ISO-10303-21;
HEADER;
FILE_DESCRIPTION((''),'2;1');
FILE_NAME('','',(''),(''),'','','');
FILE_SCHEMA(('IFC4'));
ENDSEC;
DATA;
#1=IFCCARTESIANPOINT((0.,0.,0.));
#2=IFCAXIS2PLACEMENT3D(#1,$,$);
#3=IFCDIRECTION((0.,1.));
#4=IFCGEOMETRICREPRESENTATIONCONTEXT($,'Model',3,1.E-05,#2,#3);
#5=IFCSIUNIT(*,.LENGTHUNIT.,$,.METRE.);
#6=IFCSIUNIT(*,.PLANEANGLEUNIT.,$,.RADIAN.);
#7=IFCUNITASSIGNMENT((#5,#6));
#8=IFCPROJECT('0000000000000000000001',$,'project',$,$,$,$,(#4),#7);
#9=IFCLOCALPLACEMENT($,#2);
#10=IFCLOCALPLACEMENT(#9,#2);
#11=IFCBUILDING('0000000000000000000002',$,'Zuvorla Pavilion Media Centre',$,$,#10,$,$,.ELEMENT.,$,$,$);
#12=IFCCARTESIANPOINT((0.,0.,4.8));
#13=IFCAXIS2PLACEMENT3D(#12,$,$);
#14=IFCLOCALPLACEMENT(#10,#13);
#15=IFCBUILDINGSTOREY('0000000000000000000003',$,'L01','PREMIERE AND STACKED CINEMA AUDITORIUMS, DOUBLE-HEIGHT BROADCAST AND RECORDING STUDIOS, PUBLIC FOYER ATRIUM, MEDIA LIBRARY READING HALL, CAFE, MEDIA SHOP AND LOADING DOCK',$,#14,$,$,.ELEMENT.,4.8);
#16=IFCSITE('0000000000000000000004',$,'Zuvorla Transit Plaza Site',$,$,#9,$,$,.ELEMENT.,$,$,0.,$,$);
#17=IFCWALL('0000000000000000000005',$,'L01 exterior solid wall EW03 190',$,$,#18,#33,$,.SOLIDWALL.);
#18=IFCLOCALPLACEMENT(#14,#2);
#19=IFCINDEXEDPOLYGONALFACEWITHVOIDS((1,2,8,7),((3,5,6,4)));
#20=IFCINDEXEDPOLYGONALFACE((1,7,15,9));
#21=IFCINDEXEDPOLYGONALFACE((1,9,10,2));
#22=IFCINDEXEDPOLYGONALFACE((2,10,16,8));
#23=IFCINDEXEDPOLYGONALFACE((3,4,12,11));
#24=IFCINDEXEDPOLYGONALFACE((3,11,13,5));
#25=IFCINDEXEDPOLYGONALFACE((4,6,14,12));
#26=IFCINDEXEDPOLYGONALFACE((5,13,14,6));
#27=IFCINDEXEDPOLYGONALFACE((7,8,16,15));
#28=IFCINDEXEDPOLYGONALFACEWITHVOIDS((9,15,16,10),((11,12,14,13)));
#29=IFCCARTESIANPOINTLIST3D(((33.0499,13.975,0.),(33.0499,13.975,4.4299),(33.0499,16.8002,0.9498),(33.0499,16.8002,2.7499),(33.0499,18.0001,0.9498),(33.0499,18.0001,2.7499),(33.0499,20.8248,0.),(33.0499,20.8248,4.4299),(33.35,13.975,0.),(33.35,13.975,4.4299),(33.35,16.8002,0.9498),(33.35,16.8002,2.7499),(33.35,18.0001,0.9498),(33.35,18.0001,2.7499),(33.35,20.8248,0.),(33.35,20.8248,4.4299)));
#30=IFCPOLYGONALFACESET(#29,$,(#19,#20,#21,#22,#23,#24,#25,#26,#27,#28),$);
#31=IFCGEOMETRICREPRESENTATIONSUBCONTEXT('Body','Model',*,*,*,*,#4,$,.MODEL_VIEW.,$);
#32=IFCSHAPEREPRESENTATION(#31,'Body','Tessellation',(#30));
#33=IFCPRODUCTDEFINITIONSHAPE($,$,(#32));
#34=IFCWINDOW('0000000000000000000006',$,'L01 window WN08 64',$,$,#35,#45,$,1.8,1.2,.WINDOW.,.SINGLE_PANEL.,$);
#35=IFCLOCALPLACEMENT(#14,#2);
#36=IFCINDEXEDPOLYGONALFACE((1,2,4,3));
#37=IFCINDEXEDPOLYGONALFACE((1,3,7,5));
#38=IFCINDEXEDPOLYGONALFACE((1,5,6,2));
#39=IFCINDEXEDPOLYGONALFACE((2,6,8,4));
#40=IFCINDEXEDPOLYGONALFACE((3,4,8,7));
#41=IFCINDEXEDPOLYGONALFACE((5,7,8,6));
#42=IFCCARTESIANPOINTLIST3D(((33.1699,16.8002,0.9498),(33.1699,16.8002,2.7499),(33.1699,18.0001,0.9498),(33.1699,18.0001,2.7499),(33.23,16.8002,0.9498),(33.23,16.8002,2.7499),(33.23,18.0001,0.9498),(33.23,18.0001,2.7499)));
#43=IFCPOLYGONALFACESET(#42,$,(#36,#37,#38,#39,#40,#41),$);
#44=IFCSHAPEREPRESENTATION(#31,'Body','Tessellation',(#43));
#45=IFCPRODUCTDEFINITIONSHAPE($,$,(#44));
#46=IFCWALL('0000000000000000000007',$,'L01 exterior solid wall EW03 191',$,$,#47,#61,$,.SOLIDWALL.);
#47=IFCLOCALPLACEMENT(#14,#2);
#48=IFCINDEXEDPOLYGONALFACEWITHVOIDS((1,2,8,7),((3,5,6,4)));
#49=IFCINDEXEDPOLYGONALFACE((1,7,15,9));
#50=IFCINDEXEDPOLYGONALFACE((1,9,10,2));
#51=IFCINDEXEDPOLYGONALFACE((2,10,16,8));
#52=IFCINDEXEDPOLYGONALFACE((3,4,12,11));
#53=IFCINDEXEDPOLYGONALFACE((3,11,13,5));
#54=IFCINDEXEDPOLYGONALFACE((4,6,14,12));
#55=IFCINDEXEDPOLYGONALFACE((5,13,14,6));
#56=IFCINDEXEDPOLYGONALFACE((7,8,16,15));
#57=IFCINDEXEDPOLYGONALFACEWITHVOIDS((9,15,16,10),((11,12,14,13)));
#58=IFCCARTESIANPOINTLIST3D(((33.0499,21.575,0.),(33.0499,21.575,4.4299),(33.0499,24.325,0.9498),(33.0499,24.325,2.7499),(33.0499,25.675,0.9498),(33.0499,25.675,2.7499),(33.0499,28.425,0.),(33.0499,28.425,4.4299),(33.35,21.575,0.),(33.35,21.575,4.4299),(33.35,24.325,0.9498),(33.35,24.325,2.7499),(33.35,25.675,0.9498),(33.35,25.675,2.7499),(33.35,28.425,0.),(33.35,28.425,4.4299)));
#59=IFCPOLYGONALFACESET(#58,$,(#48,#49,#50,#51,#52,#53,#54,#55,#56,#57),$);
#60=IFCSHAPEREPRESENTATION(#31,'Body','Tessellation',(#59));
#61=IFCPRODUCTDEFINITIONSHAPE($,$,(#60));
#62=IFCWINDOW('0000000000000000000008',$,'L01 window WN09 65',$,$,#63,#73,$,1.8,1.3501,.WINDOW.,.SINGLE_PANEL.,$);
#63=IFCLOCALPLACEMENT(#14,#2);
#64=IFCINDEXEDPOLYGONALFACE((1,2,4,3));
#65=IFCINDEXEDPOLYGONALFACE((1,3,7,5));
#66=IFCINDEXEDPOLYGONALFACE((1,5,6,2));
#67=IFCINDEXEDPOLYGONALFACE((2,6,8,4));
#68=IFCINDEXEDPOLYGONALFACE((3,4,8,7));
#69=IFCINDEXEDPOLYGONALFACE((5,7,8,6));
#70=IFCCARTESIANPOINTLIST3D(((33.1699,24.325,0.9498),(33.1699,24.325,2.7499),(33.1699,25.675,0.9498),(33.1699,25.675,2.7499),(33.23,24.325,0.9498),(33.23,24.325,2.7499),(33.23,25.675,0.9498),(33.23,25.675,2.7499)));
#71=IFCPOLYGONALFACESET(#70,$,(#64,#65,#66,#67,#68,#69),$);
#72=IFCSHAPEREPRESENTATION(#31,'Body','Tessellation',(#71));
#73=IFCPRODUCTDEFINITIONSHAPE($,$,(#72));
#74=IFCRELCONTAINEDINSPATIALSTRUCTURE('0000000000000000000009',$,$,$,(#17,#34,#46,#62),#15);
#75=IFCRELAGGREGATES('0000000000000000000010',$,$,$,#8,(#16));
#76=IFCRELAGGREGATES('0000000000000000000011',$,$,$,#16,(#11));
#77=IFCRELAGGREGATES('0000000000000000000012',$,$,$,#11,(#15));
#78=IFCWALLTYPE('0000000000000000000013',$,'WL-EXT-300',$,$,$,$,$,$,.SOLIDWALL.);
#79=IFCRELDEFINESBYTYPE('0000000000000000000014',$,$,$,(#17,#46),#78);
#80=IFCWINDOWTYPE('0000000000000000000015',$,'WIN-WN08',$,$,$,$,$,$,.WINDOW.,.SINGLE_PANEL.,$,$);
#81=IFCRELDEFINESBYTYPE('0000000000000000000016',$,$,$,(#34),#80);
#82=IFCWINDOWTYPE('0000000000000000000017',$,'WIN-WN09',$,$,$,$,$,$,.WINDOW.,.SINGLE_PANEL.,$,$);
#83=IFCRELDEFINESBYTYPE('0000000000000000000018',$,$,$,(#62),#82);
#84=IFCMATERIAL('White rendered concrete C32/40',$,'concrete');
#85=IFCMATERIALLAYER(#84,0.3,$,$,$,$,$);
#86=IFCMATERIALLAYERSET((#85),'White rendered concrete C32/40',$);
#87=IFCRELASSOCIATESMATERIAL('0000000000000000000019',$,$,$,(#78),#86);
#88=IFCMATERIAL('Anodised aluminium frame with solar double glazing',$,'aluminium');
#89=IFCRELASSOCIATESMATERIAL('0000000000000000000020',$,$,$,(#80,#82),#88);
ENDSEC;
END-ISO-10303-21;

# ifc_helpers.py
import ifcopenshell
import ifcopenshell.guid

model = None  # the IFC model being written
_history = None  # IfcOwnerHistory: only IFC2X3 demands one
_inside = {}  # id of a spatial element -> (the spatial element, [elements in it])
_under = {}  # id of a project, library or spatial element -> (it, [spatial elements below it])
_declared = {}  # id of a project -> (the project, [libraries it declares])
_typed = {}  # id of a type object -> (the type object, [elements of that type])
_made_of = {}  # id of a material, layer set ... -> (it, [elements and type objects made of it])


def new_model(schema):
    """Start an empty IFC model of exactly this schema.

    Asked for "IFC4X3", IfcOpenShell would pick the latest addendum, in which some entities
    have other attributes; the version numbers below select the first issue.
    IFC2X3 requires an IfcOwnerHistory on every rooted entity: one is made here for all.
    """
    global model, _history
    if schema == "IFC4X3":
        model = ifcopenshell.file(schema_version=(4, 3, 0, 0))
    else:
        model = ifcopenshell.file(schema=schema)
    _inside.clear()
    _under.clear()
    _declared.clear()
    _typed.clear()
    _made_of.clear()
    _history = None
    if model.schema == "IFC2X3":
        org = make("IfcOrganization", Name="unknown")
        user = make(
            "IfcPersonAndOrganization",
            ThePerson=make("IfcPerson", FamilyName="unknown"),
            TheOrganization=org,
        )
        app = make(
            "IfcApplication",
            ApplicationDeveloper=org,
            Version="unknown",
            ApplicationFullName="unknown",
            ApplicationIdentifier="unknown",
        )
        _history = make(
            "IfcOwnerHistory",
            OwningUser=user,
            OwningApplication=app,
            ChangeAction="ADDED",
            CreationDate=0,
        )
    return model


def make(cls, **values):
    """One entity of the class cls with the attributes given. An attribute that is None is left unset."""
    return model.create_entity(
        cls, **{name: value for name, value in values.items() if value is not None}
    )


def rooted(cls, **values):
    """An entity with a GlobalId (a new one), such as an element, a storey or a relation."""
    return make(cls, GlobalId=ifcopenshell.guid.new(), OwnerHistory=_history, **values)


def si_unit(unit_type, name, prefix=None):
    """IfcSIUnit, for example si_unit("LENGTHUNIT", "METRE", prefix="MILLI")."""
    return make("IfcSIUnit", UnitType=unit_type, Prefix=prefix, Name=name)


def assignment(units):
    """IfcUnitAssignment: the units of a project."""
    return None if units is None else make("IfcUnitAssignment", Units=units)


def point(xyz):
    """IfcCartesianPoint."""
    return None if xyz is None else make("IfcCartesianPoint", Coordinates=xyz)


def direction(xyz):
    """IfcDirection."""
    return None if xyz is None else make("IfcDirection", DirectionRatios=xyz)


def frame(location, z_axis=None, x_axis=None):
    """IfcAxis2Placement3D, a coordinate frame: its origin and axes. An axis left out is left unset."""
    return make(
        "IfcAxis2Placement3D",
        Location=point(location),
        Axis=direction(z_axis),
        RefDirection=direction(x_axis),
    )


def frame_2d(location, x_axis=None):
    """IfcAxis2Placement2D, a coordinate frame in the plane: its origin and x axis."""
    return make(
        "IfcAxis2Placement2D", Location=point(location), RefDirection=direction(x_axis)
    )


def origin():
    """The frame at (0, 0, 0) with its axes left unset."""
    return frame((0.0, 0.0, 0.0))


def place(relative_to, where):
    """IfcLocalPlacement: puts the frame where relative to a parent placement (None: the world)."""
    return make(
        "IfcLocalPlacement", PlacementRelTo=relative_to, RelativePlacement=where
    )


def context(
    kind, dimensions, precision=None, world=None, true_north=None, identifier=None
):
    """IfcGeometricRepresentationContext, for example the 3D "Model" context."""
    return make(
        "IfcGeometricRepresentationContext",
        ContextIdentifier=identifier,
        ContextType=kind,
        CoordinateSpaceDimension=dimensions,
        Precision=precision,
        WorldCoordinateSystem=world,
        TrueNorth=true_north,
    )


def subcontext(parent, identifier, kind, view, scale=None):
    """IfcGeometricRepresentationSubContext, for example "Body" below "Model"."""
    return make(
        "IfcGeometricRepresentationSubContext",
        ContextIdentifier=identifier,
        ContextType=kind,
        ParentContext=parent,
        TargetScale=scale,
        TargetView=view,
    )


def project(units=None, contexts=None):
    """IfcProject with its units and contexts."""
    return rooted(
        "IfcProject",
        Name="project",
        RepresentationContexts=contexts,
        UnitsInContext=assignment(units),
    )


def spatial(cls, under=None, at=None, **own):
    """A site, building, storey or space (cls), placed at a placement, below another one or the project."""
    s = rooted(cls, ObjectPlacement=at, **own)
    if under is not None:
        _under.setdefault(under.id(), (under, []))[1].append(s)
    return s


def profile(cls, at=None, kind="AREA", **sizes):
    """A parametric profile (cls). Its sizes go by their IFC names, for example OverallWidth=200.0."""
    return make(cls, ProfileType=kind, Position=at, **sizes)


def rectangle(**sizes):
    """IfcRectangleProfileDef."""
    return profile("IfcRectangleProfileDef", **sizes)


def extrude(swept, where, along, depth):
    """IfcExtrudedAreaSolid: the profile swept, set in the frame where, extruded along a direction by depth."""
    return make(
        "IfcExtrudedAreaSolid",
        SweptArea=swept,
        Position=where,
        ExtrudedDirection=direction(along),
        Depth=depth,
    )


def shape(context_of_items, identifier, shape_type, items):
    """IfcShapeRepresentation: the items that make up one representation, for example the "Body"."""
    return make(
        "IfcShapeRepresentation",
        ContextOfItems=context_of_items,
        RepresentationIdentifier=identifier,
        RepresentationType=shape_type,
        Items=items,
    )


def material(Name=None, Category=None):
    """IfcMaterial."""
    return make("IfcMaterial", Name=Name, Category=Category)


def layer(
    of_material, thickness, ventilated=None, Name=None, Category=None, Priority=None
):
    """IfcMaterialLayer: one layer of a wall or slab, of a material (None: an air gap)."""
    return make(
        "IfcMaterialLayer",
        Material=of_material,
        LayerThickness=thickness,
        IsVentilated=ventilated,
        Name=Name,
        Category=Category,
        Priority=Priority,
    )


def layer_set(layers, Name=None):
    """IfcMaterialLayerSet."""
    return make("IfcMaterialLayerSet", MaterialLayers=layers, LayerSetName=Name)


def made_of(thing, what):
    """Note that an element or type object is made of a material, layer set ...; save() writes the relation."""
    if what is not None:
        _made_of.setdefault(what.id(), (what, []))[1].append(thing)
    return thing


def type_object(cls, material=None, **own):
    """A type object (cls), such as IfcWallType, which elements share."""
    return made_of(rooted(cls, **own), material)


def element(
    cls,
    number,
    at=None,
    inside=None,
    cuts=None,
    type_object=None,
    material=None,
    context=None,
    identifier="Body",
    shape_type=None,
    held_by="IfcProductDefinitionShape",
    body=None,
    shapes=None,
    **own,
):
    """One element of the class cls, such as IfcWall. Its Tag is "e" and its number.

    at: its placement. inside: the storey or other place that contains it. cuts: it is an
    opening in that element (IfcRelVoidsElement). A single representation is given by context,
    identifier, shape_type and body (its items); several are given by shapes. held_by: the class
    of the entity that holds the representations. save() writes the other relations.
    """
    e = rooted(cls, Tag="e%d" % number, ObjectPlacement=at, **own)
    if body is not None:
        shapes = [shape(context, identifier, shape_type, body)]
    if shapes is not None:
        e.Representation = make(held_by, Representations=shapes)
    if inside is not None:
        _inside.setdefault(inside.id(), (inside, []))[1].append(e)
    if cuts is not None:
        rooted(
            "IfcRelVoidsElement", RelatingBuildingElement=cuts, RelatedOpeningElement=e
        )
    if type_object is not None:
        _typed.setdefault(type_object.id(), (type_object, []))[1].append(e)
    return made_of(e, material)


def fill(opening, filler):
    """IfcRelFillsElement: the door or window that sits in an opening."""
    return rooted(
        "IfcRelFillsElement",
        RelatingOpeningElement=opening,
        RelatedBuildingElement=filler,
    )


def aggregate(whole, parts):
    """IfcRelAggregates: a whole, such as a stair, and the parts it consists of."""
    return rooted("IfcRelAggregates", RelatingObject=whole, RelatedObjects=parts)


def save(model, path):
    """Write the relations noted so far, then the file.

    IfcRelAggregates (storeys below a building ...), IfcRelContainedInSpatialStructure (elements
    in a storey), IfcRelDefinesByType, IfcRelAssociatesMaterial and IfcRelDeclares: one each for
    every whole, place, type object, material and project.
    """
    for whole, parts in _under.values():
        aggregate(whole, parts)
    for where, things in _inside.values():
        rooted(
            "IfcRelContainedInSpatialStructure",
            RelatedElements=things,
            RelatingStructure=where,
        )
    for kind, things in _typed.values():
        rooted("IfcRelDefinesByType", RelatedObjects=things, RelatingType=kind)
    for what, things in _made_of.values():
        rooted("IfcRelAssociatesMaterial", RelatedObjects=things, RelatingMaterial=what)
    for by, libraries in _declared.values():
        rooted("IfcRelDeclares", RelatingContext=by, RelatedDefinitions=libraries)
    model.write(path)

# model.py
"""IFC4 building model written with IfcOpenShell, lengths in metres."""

from ifc_helpers import new_model, si_unit, direction, frame, frame_2d, origin, place, context, subcontext, project, spatial, rectangle, extrude, material, layer, layer_set, type_object, element, fill, save


model = new_model("IFC4")

# Units and contexts
model_context = context("Model", 3, precision=1e-05, world=origin(), true_north=direction((0.0, 1.0)))
body_context = subcontext(model_context, "Body", "Model", "MODEL_VIEW")
ifc_project = project(units=[si_unit("LENGTHUNIT", "METRE"), si_unit("PLANEANGLEUNIT", "RADIAN")], contexts=[model_context])

# Site, building, storey
site_placement = place(None, origin())
site = spatial("IfcSite", under=ifc_project, at=site_placement, Name="Zuvorla Transit Plaza Site", CompositionType="ELEMENT", RefElevation=0.0)
building_placement = place(site_placement, origin())
building = spatial("IfcBuilding", under=site, at=building_placement, Name="Zuvorla Pavilion Media Centre", CompositionType="ELEMENT")
storey_placement = place(building_placement, frame((0.0, 0.0, 4.8)))
storey = spatial("IfcBuildingStorey", under=building, at=storey_placement, Name="L01", Description="PREMIERE AND STACKED CINEMA AUDITORIUMS, DOUBLE-HEIGHT BROADCAST AND RECORDING STUDIOS, PUBLIC FOYER ATRIUM, MEDIA LIBRARY READING HALL, CAFE, MEDIA SHOP AND LOADING DOCK", CompositionType="ELEMENT", Elevation=4.8)

# Walls, openings, windows
ifc_material_1 = material(Name="White rendered concrete C32/40", Category="concrete")
ifc_layer_1 = layer(ifc_material_1, 0.3)
ifc_layer_set_1 = layer_set([ifc_layer_1], Name="White rendered concrete C32/40")
wall_type = type_object("IfcWallType", Name="WL-EXT-300", PredefinedType="SOLIDWALL", material=ifc_layer_set_1)
ifc_material_2 = material(Name="Anodised aluminium frame with solar double glazing", Category="aluminium")
wall_1_placement = place(storey_placement, frame((33.2, 13.9751, 0.0), z_axis=(0.0, 0.0, 1.0), x_axis=(0.0, 1.0, 0.0)))
wall_1 = element("IfcWall", 1, at=wall_1_placement, inside=storey, type_object=wall_type, Name="L01 exterior solid wall EW03 190", PredefinedType="SOLIDWALL", context=body_context, shape_type="SweptSolid", body=[
    extrude(rectangle(XDim=6.8499, YDim=0.3, at=frame_2d((3.4248, 0.0))), origin(), (0.0, 0.0, 1.0), 4.4299),
])
opening_1_placement = place(wall_1_placement, frame((2.825, 0.0, 0.95)))
opening_1 = element("IfcOpeningElement", 2, at=opening_1_placement, cuts=wall_1, PredefinedType="OPENING", context=body_context, shape_type="SweptSolid", body=[
    extrude(rectangle(XDim=1.2, YDim=1.8, at=frame_2d((0.6001, 0.8999))), frame((0.0, 0.1599, 0.0), z_axis=(0.0, -1.0, 0.0), x_axis=(1.0, 0.0, 0.0)), (0.0, 0.0, 1.0), 0.3201),
])
window_type_1 = type_object("IfcWindowType", Name="WIN-WN08", PartitioningType="SINGLE_PANEL", PredefinedType="WINDOW", material=ifc_material_2)
window_1_placement = place(opening_1_placement, origin())
window_1 = element("IfcWindow", 3, at=window_1_placement, inside=storey, type_object=window_type_1, Name="L01 window WN08 64", OverallHeight=1.8, OverallWidth=1.2, PartitioningType="SINGLE_PANEL", PredefinedType="WINDOW", context=body_context, shape_type="SweptSolid", body=[
    extrude(rectangle(XDim=1.2, YDim=1.8, at=frame_2d((0.6001, 0.8999))), frame((0.0, 0.03, 0.0), z_axis=(0.0, -1.0, 0.0), x_axis=(1.0, 0.0, 0.0)), (0.0, 0.0, 1.0), 0.0601),
])
fill(opening_1, window_1)
wall_2_placement = place(storey_placement, frame((33.2, 21.575, 0.0), z_axis=(0.0, 0.0, 1.0), x_axis=(0.0, 1.0, 0.0)))
wall_2 = element("IfcWall", 4, at=wall_2_placement, inside=storey, type_object=wall_type, Name="L01 exterior solid wall EW03 191", PredefinedType="SOLIDWALL", context=body_context, shape_type="SweptSolid", body=[
    extrude(rectangle(XDim=6.8501, YDim=0.3, at=frame_2d((3.425, 0.0))), origin(), (0.0, 0.0, 1.0), 4.4299),
])
opening_2_placement = place(wall_2_placement, frame((2.75, 0.0, 0.95)))
opening_2 = element("IfcOpeningElement", 5, at=opening_2_placement, cuts=wall_2, PredefinedType="OPENING", context=body_context, shape_type="SweptSolid", body=[
    extrude(rectangle(XDim=1.3501, YDim=1.8, at=frame_2d((0.675, 0.8999))), frame((0.0, 0.1599, 0.0), z_axis=(0.0, -1.0, 0.0), x_axis=(1.0, 0.0, 0.0)), (0.0, 0.0, 1.0), 0.3201),
])
window_type_2 = type_object("IfcWindowType", Name="WIN-WN09", PartitioningType="SINGLE_PANEL", PredefinedType="WINDOW", material=ifc_material_2)
window_2_placement = place(opening_2_placement, origin())
window_2 = element("IfcWindow", 6, at=window_2_placement, inside=storey, type_object=window_type_2, Name="L01 window WN09 65", OverallHeight=1.8, OverallWidth=1.3501, PartitioningType="SINGLE_PANEL", PredefinedType="WINDOW", context=body_context, shape_type="SweptSolid", body=[
    extrude(rectangle(XDim=1.3501, YDim=1.8, at=frame_2d((0.675, 0.8999))), frame((0.0, 0.03, 0.0), z_axis=(0.0, -1.0, 0.0), x_axis=(1.0, 0.0, 0.0)), (0.0, 0.0, 1.0), 0.0601),
])
fill(opening_2, window_2)

save(model, "model.ifc")
